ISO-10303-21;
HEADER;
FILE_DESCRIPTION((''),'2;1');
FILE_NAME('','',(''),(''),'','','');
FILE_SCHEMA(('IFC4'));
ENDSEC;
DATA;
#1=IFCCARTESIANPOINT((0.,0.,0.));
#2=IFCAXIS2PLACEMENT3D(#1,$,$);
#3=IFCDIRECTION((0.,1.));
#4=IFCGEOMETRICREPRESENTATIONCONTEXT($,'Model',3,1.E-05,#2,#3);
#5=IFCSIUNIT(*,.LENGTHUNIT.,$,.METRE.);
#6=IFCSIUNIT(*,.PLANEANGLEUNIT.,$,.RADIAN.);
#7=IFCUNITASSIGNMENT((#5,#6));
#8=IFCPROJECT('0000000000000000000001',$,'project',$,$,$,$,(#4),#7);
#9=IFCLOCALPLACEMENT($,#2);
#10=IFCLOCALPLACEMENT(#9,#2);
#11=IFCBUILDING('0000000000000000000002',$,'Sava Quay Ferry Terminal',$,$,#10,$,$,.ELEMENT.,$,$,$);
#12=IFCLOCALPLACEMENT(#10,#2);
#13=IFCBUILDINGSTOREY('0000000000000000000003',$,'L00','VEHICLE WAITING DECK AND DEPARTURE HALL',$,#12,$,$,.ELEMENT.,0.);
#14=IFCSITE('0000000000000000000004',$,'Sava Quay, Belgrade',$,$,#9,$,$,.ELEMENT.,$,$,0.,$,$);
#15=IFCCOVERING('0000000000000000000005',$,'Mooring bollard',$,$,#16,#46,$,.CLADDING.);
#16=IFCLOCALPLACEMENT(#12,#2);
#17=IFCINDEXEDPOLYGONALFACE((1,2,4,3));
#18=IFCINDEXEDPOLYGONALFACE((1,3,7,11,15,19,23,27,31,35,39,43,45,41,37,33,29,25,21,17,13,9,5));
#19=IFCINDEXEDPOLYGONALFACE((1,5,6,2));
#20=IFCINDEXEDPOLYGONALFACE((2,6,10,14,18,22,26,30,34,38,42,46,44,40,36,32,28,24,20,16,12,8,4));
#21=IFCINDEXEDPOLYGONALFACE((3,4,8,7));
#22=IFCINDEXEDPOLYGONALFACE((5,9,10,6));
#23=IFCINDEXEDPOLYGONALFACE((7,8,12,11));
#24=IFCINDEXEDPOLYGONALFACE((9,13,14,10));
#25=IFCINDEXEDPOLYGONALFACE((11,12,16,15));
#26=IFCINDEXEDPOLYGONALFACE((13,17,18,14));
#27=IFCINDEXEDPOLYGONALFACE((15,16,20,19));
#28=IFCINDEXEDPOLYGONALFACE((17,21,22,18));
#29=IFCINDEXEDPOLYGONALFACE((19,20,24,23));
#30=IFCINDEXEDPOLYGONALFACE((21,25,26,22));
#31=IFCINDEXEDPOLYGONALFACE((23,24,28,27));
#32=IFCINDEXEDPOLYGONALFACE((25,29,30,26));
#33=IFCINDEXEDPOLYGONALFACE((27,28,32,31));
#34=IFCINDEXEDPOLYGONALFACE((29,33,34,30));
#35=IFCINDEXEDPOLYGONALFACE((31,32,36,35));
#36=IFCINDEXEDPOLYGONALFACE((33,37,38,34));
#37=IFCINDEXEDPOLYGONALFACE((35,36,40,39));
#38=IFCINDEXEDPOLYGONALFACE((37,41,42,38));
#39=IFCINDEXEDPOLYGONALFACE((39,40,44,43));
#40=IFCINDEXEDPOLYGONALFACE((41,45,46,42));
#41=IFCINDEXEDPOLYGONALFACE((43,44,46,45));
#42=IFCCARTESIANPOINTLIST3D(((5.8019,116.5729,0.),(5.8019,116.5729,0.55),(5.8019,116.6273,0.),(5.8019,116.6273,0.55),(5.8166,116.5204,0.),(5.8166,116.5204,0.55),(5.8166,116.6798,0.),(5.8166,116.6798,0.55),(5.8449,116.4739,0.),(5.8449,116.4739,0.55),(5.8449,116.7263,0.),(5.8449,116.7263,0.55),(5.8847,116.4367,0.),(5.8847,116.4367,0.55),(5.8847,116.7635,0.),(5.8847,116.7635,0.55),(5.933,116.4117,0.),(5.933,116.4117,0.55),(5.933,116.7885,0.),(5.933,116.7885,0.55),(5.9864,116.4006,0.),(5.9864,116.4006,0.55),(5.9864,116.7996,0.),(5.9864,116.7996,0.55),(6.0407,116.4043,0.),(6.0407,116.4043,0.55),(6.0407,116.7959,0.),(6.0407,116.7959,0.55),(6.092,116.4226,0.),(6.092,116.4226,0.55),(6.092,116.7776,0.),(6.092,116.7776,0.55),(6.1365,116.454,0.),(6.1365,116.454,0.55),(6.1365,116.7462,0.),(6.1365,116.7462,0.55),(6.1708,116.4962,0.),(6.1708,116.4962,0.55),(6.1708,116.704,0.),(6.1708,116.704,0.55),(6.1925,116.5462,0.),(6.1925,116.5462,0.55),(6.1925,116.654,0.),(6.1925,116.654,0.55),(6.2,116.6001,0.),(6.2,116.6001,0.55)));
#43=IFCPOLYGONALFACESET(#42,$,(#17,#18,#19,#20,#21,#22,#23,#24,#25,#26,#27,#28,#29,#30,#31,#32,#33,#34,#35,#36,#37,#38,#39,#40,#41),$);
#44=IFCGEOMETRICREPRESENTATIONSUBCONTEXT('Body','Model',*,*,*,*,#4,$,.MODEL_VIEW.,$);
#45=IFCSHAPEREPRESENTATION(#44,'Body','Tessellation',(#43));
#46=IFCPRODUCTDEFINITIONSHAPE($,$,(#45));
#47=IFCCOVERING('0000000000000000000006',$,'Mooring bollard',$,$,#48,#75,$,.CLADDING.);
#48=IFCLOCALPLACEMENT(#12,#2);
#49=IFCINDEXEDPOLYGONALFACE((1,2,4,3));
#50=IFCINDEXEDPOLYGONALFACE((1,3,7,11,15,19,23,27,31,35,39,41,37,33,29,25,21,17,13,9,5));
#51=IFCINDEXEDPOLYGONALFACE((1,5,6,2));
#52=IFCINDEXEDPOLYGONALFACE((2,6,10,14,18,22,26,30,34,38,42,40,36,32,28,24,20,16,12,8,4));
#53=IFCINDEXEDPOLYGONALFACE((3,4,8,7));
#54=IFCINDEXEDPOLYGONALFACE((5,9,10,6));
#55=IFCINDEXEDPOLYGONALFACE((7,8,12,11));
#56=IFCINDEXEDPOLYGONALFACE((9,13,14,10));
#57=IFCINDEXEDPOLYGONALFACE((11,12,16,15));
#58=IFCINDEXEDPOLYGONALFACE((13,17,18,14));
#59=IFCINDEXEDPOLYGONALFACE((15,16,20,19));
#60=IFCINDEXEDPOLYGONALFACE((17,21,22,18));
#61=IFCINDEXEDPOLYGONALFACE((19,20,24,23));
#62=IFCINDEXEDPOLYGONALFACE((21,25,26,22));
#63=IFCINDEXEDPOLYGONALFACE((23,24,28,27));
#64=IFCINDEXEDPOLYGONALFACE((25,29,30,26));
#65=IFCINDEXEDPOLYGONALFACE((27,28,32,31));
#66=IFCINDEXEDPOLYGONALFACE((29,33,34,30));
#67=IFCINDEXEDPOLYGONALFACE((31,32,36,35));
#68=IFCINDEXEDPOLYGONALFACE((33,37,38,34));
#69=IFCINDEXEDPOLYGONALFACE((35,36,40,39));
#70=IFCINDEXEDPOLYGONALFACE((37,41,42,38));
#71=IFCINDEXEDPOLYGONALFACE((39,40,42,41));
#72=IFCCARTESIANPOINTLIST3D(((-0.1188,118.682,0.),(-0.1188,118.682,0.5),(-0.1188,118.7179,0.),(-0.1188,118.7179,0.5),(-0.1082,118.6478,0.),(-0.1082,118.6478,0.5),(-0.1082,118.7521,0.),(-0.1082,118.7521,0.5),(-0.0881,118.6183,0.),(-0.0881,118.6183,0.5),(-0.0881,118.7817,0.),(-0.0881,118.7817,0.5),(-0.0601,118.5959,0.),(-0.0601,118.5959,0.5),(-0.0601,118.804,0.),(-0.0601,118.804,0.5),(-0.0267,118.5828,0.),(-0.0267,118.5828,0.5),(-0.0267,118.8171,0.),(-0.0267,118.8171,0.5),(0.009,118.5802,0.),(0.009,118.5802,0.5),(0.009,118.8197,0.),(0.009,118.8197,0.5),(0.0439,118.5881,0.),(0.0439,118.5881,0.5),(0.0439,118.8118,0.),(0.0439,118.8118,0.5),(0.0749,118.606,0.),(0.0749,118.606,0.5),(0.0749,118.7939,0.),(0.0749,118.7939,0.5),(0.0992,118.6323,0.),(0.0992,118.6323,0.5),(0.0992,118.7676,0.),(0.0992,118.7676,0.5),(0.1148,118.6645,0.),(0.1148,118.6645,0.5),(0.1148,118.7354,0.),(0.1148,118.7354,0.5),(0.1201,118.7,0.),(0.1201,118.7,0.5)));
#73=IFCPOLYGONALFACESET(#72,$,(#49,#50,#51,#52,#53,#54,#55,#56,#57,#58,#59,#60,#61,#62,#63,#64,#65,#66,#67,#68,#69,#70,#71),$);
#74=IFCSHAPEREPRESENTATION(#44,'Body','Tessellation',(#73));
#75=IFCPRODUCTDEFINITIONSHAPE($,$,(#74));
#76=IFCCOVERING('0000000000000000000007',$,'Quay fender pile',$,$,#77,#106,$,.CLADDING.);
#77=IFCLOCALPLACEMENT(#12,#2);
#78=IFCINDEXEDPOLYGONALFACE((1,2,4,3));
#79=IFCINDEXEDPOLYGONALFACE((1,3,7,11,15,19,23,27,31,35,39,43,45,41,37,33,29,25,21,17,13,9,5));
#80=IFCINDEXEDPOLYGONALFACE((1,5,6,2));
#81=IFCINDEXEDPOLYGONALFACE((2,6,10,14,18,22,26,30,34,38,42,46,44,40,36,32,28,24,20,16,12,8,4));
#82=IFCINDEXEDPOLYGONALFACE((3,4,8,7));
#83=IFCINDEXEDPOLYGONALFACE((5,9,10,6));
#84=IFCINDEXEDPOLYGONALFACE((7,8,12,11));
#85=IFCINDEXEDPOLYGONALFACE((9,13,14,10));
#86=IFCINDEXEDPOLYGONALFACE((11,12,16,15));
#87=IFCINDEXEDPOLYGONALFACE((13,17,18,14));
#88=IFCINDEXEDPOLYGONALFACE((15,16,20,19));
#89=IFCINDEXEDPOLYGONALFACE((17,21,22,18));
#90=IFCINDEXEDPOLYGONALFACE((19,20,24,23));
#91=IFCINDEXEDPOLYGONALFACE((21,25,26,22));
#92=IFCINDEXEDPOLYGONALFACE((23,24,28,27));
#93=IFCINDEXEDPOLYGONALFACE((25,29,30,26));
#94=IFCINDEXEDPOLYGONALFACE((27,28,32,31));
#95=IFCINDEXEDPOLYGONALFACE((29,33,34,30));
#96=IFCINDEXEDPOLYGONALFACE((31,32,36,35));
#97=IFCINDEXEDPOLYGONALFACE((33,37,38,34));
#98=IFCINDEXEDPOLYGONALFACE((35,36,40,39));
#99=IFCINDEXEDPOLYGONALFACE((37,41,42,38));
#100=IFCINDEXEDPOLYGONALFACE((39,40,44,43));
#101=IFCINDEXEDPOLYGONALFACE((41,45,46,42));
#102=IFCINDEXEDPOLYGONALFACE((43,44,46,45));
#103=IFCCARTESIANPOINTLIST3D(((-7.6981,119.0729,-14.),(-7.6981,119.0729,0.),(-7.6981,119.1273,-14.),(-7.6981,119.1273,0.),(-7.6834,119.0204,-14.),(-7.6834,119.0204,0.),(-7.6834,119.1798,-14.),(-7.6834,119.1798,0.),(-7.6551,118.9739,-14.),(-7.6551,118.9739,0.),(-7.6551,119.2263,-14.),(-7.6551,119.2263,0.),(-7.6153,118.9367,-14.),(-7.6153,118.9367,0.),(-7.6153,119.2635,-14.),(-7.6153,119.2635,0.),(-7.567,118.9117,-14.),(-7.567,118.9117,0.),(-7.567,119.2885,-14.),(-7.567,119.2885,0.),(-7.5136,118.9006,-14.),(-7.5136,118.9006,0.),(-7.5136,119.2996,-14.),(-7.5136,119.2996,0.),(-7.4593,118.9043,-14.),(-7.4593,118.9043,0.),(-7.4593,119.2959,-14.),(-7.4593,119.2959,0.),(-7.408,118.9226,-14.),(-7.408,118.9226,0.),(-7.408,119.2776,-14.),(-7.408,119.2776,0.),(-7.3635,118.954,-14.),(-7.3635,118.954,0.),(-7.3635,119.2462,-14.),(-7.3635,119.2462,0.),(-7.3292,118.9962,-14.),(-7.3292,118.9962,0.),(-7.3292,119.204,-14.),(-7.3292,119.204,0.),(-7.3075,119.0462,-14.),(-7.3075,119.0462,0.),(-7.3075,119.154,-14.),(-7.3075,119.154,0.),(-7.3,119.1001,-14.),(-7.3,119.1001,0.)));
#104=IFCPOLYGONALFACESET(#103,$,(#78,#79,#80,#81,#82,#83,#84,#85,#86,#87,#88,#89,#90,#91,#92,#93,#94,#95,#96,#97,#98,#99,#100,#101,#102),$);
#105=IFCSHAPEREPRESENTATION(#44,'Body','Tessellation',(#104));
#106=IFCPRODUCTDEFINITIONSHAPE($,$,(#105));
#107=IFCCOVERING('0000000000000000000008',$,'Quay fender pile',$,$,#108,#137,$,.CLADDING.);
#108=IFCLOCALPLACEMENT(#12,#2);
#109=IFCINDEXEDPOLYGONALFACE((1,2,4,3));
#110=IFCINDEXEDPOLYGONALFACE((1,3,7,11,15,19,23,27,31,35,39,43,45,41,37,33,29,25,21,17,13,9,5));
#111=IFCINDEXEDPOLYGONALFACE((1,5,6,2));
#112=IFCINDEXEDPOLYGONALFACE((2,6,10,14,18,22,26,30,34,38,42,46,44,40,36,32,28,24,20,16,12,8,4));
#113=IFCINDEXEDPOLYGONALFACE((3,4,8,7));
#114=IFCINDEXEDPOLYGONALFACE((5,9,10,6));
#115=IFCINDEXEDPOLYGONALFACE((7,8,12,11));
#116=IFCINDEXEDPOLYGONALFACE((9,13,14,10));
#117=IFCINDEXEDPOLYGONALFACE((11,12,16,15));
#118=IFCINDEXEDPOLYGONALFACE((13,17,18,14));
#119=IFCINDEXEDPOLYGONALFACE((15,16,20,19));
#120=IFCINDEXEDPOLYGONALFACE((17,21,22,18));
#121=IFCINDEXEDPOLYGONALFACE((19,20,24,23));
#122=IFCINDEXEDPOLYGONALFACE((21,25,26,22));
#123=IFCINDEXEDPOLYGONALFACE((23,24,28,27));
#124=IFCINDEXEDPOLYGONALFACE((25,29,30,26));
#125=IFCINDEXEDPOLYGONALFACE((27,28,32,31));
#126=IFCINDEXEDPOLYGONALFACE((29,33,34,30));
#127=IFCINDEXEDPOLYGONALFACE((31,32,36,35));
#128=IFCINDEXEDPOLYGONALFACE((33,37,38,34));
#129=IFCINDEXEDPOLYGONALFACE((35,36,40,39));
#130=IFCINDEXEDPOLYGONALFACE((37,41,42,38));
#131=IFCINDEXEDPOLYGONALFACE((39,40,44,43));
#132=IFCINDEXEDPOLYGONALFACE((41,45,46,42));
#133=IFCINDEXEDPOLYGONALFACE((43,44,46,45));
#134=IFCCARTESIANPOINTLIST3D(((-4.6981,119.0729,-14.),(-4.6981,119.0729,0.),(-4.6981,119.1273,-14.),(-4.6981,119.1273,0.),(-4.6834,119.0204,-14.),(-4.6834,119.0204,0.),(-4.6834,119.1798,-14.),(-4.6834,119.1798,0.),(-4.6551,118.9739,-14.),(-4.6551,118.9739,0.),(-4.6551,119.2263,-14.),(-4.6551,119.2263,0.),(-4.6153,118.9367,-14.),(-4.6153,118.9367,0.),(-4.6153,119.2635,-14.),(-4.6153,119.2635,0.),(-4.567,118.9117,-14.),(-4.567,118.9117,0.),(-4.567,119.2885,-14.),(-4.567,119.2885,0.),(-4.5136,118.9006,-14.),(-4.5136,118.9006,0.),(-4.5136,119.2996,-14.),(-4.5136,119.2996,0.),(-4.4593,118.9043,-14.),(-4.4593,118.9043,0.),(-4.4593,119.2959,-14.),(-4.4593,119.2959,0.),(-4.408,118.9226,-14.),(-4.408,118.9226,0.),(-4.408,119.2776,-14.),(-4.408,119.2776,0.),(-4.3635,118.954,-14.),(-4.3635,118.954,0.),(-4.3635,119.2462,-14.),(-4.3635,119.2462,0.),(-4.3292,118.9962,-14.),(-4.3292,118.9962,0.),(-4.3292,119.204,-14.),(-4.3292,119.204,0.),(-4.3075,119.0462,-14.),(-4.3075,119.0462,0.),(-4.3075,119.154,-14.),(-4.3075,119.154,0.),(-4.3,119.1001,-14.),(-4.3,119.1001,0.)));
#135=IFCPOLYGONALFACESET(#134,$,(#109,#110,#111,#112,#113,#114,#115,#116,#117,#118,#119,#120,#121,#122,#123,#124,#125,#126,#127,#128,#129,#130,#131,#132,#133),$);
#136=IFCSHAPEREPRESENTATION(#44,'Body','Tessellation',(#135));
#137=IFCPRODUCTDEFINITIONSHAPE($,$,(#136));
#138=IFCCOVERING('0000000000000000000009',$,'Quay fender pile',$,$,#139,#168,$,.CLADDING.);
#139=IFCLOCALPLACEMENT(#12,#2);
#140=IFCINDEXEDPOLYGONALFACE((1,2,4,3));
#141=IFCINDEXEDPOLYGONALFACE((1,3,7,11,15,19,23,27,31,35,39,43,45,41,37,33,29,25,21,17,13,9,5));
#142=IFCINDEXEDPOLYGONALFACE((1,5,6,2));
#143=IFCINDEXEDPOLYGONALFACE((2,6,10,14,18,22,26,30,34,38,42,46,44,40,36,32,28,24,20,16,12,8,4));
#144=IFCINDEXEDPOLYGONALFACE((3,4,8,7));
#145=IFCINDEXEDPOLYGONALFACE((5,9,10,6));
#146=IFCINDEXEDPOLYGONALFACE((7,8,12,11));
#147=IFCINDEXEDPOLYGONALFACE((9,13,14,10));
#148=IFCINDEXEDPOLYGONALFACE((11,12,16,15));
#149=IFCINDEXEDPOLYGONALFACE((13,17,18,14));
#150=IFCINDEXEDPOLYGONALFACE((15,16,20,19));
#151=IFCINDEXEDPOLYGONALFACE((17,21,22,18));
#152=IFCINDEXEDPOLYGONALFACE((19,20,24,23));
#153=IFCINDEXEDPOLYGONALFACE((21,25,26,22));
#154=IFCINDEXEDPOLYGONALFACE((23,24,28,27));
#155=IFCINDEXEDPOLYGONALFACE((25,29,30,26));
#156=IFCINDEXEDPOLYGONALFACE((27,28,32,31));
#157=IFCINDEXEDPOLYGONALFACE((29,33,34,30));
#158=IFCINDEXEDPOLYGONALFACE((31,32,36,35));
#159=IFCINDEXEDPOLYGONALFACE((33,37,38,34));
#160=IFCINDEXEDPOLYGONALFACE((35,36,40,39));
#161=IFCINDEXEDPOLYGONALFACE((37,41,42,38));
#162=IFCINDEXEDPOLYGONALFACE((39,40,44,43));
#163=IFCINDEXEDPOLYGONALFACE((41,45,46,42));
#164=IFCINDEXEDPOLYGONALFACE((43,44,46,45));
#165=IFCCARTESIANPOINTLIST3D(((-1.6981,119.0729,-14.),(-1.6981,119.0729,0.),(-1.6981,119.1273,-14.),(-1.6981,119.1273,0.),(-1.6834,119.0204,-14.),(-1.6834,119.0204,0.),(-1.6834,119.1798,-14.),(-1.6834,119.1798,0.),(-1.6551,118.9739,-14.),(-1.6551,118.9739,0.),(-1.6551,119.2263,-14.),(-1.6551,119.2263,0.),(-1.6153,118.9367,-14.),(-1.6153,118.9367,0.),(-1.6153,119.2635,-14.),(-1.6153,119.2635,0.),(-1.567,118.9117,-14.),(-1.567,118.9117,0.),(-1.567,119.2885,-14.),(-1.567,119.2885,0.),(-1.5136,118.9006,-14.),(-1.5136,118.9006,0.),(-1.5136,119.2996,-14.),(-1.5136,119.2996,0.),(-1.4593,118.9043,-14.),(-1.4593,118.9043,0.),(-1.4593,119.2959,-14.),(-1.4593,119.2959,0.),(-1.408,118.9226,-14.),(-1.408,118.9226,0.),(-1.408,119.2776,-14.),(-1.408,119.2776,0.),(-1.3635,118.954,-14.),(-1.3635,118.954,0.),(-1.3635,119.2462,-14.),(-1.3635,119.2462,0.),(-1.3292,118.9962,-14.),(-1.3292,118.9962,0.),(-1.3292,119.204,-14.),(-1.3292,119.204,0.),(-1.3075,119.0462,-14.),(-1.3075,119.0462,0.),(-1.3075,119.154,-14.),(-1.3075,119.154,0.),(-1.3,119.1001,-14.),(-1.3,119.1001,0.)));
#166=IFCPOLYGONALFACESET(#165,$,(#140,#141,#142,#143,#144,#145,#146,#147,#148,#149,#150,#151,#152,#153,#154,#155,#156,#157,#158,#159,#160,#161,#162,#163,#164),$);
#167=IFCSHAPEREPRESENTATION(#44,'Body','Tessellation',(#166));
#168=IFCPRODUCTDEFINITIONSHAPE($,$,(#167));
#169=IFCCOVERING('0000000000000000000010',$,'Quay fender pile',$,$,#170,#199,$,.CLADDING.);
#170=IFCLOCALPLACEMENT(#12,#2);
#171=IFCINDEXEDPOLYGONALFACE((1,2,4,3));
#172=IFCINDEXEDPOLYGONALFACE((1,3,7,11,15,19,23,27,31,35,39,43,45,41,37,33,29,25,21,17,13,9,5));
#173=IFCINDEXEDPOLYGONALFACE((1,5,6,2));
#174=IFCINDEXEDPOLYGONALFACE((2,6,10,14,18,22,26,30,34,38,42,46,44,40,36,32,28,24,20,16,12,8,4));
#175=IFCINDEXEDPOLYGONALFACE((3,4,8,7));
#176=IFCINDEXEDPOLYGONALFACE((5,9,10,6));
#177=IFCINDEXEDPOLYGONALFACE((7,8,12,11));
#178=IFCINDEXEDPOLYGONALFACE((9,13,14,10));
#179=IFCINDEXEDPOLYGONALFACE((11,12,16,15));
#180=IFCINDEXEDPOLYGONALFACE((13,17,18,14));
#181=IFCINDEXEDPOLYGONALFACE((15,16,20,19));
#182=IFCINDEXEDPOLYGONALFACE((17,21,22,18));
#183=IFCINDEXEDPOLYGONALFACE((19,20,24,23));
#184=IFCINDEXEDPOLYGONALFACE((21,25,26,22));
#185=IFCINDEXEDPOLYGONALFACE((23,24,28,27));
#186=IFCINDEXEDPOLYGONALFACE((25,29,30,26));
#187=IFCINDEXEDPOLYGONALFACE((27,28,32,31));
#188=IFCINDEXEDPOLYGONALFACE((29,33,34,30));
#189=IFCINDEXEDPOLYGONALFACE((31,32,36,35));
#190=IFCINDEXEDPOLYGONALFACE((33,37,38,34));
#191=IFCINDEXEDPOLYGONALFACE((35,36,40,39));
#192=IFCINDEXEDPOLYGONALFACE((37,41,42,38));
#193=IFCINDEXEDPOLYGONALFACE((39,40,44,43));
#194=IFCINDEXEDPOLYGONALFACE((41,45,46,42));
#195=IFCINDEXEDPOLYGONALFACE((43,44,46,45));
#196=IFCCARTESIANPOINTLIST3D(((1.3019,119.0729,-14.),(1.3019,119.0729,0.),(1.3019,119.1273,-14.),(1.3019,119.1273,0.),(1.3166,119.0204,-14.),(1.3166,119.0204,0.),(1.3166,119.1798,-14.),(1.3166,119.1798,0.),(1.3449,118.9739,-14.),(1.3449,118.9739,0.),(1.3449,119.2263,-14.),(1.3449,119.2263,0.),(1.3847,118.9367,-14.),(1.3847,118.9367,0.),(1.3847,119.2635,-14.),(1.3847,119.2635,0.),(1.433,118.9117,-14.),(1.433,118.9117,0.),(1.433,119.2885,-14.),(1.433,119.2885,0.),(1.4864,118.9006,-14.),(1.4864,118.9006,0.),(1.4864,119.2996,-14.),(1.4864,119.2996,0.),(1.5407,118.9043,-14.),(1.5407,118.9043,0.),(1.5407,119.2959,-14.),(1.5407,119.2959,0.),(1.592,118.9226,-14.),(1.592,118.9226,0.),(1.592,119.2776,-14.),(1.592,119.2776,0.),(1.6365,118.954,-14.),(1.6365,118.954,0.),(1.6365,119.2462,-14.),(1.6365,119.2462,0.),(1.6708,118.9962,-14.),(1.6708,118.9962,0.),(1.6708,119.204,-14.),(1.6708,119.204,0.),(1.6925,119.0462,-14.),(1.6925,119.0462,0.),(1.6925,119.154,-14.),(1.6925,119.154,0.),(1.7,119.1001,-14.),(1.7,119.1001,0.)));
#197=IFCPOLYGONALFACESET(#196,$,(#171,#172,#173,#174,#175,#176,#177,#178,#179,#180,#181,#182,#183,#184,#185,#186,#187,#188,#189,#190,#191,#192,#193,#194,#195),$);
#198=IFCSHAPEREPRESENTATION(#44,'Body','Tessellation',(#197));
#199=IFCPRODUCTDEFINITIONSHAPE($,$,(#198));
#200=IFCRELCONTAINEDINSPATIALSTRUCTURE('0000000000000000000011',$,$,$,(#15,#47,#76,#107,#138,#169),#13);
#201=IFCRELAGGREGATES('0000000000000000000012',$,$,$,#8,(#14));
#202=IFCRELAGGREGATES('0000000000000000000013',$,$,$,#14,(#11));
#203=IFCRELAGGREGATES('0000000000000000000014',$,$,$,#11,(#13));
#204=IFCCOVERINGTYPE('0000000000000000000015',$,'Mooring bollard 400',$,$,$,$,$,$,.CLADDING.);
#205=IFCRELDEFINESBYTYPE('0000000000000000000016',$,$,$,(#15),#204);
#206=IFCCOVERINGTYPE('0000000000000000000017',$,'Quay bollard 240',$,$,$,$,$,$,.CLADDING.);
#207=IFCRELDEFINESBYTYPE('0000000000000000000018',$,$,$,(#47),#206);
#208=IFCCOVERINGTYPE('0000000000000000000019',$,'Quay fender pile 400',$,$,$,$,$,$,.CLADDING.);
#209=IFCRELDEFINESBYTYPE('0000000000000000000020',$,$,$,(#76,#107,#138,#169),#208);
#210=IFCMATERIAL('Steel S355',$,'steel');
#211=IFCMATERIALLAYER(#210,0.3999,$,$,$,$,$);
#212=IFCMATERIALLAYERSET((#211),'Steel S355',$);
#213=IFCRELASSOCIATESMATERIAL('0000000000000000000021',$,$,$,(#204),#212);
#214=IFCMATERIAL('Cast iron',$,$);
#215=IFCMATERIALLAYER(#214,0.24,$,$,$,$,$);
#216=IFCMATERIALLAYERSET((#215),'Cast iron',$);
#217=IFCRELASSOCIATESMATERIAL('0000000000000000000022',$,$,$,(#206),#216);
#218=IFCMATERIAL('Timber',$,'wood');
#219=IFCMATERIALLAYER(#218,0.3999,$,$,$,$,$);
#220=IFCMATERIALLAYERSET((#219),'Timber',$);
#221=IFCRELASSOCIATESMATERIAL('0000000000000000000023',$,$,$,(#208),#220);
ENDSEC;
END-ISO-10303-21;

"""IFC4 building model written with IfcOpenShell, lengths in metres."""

from ifc_helpers import new_model, si_unit, direction, frame, origin, origin_2d, place, context, subcontext, project, spatial, circle, extrude, material, layer, layer_set, type_object, element, save


model = new_model("IFC4")

# Units and contexts
model_context = context("Model", 3, precision=1e-05, world=origin(), true_north=direction((0.0, 1.0)))
body_context = subcontext(model_context, "Body", "Model", "MODEL_VIEW")
ifc_project = project(units=[si_unit("LENGTHUNIT", "METRE"), si_unit("PLANEANGLEUNIT", "RADIAN")], contexts=[model_context])

# Site, building, storey
site_placement = place(None, origin())
site = spatial("IfcSite", under=ifc_project, at=site_placement, Name="Sava Quay, Belgrade", CompositionType="ELEMENT", RefElevation=0.0)
building_placement = place(site_placement, origin())
building = spatial("IfcBuilding", under=site, at=building_placement, Name="Sava Quay Ferry Terminal", CompositionType="ELEMENT")
storey_placement = place(building_placement, origin())
storey = spatial("IfcBuildingStorey", under=building, at=storey_placement, Name="L00", Description="VEHICLE WAITING DECK AND DEPARTURE HALL", CompositionType="ELEMENT", Elevation=0.0)

# Coverings
ifc_material_1 = material(Name="Steel S355", Category="steel")
ifc_layer_1 = layer(ifc_material_1, 0.3999)
ifc_layer_set_1 = layer_set([ifc_layer_1], Name="Steel S355")
covering_type_1 = type_object("IfcCoveringType", Name="Mooring bollard 400", PredefinedType="CLADDING", material=ifc_layer_set_1)
covering_1_placement = place(storey_placement, frame((6.0, 116.6001, 0.55), z_axis=(0.0, 0.0, -1.0), x_axis=(1.0, 0.0, 0.0)))
element("IfcCovering", 1, at=covering_1_placement, inside=storey, type_object=covering_type_1, Name="Mooring bollard", PredefinedType="CLADDING", context=body_context, shape_type="SweptSolid", body=[
    extrude(circle(Radius=0.2, at=origin_2d()), origin(), (0.0, 0.0, 1.0), 0.55),
])
ifc_material_2 = material(Name="Cast iron")
ifc_layer_2 = layer(ifc_material_2, 0.24)
ifc_layer_set_2 = layer_set([ifc_layer_2], Name="Cast iron")
covering_type_2 = type_object("IfcCoveringType", Name="Quay bollard 240", PredefinedType="CLADDING", material=ifc_layer_set_2)
covering_2_placement = place(storey_placement, frame((0.0, 118.7, 0.5), z_axis=(0.0, 0.0, -1.0), x_axis=(1.0, 0.0, 0.0)))
element("IfcCovering", 2, at=covering_2_placement, inside=storey, type_object=covering_type_2, Name="Mooring bollard", PredefinedType="CLADDING", context=body_context, shape_type="SweptSolid", body=[
    extrude(circle(Radius=0.1201, at=origin_2d()), origin(), (0.0, 0.0, 1.0), 0.5),
])
ifc_material_3 = material(Name="Timber", Category="wood")
ifc_layer_3 = layer(ifc_material_3, 0.3999)
ifc_layer_set_3 = layer_set([ifc_layer_3], Name="Timber")
covering_type_3 = type_object("IfcCoveringType", Name="Quay fender pile 400", PredefinedType="CLADDING", material=ifc_layer_set_3)
for number, where, z_axis, x_axis, name in (
    (3, (-7.5, 119.1001, 0.0), (0.0, 0.0, -1.0), (1.0, 0.0, 0.0), "Quay fender pile"),
    (4, (-4.5, 119.1001, 0.0), (0.0, 0.0, -1.0), (1.0, 0.0, 0.0), "Quay fender pile"),
    (5, (-1.5, 119.1001, 0.0), (0.0, 0.0, -1.0), (1.0, 0.0, 0.0), "Quay fender pile"),
    (6, (1.5, 119.1001, 0.0), (0.0, 0.0, -1.0), (1.0, 0.0, 0.0), "Quay fender pile"),
):
    element("IfcCovering", number, at=place(storey_placement, frame(where, z_axis=z_axis, x_axis=x_axis)), inside=storey, type_object=covering_type_3, Name=name, PredefinedType="CLADDING", context=body_context, shape_type="SweptSolid", body=[
        extrude(circle(Radius=0.2, at=origin_2d()), origin(), (0.0, 0.0, 1.0), 14.0),
    ])

save(model, "model.ifc")
